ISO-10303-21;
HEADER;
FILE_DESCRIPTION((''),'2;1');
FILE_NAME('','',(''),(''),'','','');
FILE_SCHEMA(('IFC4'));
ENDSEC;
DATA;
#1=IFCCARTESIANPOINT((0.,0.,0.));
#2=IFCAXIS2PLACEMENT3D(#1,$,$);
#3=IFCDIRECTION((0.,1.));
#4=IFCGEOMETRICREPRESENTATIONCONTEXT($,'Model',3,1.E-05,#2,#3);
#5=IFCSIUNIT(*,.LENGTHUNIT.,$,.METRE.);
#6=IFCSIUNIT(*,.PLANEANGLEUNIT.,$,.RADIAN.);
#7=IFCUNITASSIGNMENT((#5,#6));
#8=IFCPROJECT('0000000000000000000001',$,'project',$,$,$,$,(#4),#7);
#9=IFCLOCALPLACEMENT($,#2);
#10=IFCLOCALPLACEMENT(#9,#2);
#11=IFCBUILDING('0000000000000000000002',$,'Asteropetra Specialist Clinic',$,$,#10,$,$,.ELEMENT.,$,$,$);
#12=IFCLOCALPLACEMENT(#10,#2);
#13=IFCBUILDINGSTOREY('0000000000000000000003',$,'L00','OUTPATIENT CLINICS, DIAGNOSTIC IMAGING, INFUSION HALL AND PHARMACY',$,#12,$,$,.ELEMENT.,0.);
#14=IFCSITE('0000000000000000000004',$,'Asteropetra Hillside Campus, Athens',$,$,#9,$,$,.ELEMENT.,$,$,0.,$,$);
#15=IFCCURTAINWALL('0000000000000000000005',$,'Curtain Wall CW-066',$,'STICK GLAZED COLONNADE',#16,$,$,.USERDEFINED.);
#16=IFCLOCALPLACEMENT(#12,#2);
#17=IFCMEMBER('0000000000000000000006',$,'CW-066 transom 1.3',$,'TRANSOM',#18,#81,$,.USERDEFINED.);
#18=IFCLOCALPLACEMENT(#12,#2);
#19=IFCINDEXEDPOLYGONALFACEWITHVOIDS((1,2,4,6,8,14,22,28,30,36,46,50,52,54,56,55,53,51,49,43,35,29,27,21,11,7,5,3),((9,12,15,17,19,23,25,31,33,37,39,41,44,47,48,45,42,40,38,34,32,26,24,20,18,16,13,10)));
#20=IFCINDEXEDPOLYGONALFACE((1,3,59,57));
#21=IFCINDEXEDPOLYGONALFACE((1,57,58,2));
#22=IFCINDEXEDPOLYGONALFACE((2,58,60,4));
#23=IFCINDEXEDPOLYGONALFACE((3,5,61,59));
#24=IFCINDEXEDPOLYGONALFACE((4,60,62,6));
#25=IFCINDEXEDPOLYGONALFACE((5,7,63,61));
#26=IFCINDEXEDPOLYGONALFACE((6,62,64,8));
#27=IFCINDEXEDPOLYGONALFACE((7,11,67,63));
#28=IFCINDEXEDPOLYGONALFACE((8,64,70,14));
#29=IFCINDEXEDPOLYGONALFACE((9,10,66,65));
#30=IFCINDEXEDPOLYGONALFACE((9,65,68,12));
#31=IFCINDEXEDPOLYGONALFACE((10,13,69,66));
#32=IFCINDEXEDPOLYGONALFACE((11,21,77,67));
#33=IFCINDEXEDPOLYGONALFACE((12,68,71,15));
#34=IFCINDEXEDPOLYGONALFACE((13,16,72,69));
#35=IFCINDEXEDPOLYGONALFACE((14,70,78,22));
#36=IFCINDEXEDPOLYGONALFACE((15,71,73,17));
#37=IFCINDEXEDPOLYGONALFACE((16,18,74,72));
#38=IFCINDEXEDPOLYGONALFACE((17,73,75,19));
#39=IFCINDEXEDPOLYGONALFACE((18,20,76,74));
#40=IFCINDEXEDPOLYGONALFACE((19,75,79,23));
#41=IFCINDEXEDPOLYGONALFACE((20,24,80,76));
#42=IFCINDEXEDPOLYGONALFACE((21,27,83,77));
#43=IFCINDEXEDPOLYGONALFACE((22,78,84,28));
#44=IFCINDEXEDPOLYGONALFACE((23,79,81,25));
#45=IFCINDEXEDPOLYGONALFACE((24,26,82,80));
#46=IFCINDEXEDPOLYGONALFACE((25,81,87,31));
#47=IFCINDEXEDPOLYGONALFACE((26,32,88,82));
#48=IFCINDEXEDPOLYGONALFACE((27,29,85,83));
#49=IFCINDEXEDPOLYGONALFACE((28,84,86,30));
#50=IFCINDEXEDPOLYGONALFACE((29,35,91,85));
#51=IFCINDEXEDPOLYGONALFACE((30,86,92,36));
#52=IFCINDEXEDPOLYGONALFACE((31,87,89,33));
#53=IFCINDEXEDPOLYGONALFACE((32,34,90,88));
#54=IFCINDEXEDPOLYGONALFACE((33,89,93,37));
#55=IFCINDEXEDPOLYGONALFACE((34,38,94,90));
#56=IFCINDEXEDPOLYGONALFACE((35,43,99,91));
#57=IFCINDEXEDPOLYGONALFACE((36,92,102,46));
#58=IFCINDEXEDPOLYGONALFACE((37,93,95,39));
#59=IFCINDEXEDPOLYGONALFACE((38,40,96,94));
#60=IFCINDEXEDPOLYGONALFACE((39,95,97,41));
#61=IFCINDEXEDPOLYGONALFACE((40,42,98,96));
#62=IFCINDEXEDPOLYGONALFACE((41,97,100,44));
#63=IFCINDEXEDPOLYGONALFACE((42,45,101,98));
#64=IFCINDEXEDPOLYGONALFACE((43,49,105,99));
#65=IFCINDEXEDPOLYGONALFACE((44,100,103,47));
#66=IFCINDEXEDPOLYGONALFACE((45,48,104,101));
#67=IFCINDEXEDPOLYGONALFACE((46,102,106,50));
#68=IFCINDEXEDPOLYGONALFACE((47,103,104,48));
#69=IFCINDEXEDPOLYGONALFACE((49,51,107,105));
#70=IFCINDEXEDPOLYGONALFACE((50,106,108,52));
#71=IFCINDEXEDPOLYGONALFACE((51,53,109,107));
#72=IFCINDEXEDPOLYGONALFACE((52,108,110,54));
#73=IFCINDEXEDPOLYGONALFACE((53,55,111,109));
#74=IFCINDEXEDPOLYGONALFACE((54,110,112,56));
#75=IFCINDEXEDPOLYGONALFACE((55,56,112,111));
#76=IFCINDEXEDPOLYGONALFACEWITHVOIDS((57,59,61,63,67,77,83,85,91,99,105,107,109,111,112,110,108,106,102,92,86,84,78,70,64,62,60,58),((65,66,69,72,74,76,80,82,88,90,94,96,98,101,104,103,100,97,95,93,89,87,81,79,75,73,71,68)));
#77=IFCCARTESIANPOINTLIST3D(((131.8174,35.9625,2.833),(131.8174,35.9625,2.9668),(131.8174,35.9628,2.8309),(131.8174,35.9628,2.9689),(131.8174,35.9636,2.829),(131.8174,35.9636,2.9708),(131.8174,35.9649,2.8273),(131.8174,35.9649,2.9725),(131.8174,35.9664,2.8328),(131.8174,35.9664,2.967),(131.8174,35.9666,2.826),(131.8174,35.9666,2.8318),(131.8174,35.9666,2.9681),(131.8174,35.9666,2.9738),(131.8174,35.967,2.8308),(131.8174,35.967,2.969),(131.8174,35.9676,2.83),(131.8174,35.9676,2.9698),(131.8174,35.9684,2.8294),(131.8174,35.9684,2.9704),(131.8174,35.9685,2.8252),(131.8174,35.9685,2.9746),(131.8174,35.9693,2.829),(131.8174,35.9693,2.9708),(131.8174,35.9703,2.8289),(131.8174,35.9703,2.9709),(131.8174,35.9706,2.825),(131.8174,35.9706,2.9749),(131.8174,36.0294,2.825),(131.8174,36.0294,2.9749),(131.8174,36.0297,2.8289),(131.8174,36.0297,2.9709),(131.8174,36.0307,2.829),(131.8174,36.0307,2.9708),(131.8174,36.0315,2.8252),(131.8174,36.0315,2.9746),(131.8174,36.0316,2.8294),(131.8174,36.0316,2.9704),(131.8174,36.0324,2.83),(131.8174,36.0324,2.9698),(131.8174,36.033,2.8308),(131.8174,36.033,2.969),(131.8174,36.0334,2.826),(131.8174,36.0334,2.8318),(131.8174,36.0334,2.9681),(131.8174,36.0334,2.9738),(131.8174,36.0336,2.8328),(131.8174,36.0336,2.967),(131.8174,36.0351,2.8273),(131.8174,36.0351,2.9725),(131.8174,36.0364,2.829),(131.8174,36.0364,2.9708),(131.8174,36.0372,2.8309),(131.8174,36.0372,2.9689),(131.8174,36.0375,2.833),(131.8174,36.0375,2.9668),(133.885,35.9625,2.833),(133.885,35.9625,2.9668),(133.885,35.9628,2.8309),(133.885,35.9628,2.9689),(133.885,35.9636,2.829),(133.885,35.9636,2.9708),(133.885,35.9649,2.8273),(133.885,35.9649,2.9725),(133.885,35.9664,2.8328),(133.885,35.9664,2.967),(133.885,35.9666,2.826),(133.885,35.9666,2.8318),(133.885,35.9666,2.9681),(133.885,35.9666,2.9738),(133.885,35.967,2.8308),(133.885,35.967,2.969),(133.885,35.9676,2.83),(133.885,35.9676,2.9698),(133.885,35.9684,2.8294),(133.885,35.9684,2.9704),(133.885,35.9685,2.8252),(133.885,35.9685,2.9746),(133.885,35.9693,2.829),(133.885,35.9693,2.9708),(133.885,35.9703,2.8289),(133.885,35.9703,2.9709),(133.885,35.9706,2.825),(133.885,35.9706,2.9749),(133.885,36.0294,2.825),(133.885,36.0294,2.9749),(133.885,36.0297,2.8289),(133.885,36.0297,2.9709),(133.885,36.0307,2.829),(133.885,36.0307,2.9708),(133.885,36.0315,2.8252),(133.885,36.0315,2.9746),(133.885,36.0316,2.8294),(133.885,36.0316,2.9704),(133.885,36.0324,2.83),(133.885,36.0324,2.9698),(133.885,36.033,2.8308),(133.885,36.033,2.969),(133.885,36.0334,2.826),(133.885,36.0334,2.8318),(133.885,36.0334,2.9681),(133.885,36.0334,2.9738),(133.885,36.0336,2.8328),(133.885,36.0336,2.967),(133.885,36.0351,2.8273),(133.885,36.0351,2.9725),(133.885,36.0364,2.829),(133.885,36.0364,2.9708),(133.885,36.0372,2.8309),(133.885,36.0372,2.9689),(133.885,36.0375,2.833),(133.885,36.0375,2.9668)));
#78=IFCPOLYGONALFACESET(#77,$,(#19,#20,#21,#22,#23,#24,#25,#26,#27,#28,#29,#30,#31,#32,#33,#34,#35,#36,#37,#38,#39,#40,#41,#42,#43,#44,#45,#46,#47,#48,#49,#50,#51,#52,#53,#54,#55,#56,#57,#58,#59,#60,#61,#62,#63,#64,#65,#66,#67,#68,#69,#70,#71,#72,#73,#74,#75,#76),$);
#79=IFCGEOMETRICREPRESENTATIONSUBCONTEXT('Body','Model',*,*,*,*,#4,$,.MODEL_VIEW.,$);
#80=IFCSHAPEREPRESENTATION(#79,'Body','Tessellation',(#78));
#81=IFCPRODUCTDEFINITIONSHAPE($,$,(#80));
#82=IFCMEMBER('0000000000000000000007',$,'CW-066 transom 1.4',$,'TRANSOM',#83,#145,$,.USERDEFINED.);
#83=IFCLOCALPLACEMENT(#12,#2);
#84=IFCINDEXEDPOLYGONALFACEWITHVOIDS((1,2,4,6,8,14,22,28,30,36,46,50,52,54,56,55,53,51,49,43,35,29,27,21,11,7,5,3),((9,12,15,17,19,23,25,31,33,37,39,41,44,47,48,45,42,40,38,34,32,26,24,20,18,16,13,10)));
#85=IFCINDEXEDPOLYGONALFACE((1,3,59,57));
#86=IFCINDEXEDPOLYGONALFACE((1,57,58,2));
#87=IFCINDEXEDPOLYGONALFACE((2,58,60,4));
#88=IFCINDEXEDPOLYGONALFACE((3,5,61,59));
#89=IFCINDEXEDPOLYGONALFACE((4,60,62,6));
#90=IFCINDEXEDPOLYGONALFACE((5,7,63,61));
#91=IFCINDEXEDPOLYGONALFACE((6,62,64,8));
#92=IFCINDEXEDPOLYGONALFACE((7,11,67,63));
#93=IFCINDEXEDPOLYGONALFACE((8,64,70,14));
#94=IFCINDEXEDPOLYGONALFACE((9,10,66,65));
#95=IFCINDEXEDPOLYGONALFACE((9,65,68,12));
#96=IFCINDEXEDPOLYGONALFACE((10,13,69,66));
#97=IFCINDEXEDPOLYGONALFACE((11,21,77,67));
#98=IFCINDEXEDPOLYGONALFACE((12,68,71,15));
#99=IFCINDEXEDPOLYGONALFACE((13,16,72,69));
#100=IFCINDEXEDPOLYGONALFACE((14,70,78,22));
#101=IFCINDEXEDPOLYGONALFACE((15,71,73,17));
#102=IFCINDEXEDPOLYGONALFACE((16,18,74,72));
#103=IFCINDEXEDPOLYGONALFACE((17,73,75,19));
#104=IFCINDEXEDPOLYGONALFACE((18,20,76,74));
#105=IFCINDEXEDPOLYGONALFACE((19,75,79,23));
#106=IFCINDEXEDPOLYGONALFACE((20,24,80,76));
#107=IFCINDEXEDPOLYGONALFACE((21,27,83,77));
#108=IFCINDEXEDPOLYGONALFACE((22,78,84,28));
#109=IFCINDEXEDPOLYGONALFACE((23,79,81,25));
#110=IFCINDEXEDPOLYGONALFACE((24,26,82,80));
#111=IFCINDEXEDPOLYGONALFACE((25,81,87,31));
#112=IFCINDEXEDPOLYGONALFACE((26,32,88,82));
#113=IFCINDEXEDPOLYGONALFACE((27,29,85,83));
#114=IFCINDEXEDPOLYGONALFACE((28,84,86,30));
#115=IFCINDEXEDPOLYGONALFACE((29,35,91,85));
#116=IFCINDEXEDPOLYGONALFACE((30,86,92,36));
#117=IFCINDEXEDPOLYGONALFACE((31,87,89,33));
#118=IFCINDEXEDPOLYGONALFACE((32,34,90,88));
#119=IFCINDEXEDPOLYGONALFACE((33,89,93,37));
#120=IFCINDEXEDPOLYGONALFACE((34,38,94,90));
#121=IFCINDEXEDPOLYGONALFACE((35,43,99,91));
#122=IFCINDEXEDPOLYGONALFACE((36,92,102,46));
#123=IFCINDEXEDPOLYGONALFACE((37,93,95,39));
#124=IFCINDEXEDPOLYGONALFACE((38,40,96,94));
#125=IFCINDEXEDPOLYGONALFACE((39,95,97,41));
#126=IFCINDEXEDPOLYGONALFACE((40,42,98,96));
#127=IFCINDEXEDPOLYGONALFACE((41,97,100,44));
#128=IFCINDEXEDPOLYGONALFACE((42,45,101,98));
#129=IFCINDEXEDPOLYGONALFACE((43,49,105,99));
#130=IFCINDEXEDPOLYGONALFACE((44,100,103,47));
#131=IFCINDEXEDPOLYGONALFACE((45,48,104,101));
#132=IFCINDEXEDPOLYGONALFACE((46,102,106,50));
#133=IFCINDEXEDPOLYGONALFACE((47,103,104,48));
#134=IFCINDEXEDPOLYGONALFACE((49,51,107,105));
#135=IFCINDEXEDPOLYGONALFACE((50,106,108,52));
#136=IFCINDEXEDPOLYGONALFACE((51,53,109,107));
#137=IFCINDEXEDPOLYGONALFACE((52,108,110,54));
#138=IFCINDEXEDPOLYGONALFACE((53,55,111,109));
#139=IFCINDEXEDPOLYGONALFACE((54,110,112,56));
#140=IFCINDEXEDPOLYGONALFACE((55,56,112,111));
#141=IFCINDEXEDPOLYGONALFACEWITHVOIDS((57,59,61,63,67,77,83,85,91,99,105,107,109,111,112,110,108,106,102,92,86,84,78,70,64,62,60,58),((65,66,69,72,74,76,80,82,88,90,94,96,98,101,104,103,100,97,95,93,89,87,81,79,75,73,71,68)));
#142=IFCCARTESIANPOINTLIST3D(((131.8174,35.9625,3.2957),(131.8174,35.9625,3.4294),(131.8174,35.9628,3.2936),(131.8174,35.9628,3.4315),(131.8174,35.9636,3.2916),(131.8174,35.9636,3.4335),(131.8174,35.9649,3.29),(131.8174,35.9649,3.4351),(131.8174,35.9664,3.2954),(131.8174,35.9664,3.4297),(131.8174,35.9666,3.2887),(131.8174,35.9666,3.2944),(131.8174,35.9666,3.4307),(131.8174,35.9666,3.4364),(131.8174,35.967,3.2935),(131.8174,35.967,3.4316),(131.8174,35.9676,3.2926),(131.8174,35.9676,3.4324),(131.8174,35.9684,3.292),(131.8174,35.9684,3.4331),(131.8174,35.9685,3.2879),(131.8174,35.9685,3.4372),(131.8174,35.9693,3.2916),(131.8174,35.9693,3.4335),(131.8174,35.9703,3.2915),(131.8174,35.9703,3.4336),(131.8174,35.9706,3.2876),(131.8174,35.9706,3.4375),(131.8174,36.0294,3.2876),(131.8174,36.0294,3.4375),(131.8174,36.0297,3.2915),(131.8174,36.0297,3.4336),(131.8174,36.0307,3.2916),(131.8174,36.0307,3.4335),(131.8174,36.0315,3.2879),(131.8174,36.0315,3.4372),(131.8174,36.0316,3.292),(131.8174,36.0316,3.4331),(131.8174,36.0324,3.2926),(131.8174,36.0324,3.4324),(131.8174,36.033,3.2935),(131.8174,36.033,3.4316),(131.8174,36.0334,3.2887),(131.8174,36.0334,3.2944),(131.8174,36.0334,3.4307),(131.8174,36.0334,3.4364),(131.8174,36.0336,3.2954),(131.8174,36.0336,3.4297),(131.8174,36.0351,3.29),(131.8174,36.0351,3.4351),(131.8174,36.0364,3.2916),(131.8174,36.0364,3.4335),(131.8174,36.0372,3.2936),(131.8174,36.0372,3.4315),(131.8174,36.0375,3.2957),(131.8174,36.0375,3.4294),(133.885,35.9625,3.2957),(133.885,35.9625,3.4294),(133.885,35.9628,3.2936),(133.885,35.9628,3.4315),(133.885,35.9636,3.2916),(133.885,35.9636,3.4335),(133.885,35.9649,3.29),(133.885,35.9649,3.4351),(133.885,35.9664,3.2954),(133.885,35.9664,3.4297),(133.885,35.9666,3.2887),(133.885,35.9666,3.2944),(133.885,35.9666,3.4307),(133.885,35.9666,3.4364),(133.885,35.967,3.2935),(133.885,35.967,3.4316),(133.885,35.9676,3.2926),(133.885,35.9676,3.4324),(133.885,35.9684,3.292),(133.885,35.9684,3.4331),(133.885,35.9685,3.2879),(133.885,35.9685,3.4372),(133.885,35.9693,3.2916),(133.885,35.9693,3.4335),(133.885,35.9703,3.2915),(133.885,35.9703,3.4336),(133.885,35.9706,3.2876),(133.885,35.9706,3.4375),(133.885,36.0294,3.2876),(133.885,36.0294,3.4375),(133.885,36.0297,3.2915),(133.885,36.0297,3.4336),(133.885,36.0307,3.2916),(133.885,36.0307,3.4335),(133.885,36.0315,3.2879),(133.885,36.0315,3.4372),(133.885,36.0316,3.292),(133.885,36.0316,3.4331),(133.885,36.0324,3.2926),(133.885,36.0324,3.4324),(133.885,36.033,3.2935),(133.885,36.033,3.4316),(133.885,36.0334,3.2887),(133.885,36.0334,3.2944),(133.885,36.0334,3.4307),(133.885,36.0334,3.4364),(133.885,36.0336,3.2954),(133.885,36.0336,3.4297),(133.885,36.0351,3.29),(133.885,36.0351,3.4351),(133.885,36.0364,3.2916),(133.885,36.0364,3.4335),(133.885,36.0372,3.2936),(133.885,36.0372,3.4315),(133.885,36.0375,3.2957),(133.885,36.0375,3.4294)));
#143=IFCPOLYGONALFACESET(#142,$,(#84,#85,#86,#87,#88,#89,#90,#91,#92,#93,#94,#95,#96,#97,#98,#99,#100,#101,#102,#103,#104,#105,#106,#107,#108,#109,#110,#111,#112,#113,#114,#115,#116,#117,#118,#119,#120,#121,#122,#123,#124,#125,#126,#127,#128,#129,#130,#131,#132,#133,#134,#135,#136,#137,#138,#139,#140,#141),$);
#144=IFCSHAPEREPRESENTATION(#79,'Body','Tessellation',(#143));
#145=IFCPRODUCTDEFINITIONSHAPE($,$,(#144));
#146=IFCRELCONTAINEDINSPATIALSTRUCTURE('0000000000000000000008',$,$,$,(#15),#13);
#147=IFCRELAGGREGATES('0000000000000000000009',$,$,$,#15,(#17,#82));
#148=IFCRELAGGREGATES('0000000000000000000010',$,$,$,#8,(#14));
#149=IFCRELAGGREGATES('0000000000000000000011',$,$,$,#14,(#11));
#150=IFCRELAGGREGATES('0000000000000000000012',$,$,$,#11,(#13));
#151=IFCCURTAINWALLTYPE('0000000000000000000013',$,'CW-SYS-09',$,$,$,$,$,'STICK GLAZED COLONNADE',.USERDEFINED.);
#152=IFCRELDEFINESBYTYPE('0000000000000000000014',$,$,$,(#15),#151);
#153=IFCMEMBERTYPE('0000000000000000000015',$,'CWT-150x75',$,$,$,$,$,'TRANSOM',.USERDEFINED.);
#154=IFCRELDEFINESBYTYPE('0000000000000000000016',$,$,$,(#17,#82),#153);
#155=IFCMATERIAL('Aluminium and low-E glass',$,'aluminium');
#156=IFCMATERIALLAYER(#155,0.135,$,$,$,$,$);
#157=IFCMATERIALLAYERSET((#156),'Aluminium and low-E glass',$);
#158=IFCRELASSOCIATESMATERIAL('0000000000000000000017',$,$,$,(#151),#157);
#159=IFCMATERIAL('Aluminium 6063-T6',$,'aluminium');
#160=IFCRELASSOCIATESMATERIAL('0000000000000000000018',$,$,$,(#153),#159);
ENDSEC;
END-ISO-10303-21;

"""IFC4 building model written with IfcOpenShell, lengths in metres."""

from ifc_helpers import new_model, si_unit, direction, frame, origin, origin_2d, place, context, subcontext, project, spatial, hollow_rectangle, extrude, material, layer, layer_set, material_profile, profile_set, type_object, element, aggregate, save


model = new_model("IFC4")

# Units and contexts
model_context = context("Model", 3, precision=1e-05, world=origin(), true_north=direction((0.0, 1.0)))
body_context = subcontext(model_context, "Body", "Model", "MODEL_VIEW")
ifc_project = project(units=[si_unit("LENGTHUNIT", "METRE"), si_unit("PLANEANGLEUNIT", "RADIAN")], contexts=[model_context])

# Site, building, storey
site_placement = place(None, origin())
site = spatial("IfcSite", under=ifc_project, at=site_placement, Name="Asteropetra Hillside Campus, Athens", CompositionType="ELEMENT", RefElevation=0.0)
building_placement = place(site_placement, origin())
building = spatial("IfcBuilding", under=site, at=building_placement, Name="Asteropetra Specialist Clinic", CompositionType="ELEMENT")
storey_placement = place(building_placement, origin())
storey = spatial("IfcBuildingStorey", under=building, at=storey_placement, Name="L00", Description="OUTPATIENT CLINICS, DIAGNOSTIC IMAGING, INFUSION HALL AND PHARMACY", CompositionType="ELEMENT", Elevation=0.0)

# Curtain wall, members
ifc_material_1 = material(Name="Aluminium and low-E glass", Category="aluminium")
ifc_layer_1 = layer(ifc_material_1, 0.135)
ifc_layer_set_1 = layer_set([ifc_layer_1], Name="Aluminium and low-E glass")
curtain_wall_type = type_object("IfcCurtainWallType", Name="CW-SYS-09", ElementType="STICK GLAZED COLONNADE", PredefinedType="USERDEFINED", material=ifc_layer_set_1)
curtain_wall_placement = place(storey_placement, origin())
curtain_wall = element("IfcCurtainWall", 1, at=curtain_wall_placement, inside=storey, type_object=curtain_wall_type, Name="Curtain Wall CW-066", ObjectType="STICK GLAZED COLONNADE", PredefinedType="USERDEFINED")
ifc_material_2 = material(Name="Aluminium 6063-T6", Category="aluminium")
ifc_material_profile_1 = material_profile(ifc_material_2, hollow_rectangle(XDim=0.075, YDim=0.1499, WallThickness=0.0039, InnerFilletRadius=0.0039, OuterFilletRadius=0.0081, at=origin_2d()), Name="TRN 150x75x4.0")
ifc_profile_set_1 = profile_set([ifc_material_profile_1], Name="Aluminium 6063-T6")
member_type_1 = type_object("IfcMemberType", Name="CWT-150x75", ElementType="TRANSOM", PredefinedType="USERDEFINED", material=ifc_profile_set_1)
member_1_placement = place(storey_placement, frame((133.885, 36.0, 2.8999), z_axis=(-1.0, 0.0, 0.0), x_axis=(0.0, -1.0, 0.0)))
member_1 = element("IfcMember", 2, at=member_1_placement, type_object=member_type_1, Name="CW-066 transom 1.3", ObjectType="TRANSOM", PredefinedType="USERDEFINED", context=body_context, shape_type="SweptSolid", body=[
    extrude(hollow_rectangle(XDim=0.075, YDim=0.1499, WallThickness=0.0039, InnerFilletRadius=0.0039, OuterFilletRadius=0.0081, at=origin_2d()), origin(), (0.0, 0.0, 1.0), 2.0676),
])
member_2_placement = place(storey_placement, frame((133.885, 36.0, 3.3625), z_axis=(-1.0, 0.0, 0.0), x_axis=(0.0, -1.0, 0.0)))
member_2 = element("IfcMember", 3, at=member_2_placement, type_object=member_type_1, Name="CW-066 transom 1.4", ObjectType="TRANSOM", PredefinedType="USERDEFINED", context=body_context, shape_type="SweptSolid", body=[
    extrude(hollow_rectangle(XDim=0.075, YDim=0.1499, WallThickness=0.0039, InnerFilletRadius=0.0039, OuterFilletRadius=0.0081, at=origin_2d()), origin(), (0.0, 0.0, 1.0), 2.0676),
])
aggregate(curtain_wall, [member_1, member_2])

save(model, "model.ifc")
